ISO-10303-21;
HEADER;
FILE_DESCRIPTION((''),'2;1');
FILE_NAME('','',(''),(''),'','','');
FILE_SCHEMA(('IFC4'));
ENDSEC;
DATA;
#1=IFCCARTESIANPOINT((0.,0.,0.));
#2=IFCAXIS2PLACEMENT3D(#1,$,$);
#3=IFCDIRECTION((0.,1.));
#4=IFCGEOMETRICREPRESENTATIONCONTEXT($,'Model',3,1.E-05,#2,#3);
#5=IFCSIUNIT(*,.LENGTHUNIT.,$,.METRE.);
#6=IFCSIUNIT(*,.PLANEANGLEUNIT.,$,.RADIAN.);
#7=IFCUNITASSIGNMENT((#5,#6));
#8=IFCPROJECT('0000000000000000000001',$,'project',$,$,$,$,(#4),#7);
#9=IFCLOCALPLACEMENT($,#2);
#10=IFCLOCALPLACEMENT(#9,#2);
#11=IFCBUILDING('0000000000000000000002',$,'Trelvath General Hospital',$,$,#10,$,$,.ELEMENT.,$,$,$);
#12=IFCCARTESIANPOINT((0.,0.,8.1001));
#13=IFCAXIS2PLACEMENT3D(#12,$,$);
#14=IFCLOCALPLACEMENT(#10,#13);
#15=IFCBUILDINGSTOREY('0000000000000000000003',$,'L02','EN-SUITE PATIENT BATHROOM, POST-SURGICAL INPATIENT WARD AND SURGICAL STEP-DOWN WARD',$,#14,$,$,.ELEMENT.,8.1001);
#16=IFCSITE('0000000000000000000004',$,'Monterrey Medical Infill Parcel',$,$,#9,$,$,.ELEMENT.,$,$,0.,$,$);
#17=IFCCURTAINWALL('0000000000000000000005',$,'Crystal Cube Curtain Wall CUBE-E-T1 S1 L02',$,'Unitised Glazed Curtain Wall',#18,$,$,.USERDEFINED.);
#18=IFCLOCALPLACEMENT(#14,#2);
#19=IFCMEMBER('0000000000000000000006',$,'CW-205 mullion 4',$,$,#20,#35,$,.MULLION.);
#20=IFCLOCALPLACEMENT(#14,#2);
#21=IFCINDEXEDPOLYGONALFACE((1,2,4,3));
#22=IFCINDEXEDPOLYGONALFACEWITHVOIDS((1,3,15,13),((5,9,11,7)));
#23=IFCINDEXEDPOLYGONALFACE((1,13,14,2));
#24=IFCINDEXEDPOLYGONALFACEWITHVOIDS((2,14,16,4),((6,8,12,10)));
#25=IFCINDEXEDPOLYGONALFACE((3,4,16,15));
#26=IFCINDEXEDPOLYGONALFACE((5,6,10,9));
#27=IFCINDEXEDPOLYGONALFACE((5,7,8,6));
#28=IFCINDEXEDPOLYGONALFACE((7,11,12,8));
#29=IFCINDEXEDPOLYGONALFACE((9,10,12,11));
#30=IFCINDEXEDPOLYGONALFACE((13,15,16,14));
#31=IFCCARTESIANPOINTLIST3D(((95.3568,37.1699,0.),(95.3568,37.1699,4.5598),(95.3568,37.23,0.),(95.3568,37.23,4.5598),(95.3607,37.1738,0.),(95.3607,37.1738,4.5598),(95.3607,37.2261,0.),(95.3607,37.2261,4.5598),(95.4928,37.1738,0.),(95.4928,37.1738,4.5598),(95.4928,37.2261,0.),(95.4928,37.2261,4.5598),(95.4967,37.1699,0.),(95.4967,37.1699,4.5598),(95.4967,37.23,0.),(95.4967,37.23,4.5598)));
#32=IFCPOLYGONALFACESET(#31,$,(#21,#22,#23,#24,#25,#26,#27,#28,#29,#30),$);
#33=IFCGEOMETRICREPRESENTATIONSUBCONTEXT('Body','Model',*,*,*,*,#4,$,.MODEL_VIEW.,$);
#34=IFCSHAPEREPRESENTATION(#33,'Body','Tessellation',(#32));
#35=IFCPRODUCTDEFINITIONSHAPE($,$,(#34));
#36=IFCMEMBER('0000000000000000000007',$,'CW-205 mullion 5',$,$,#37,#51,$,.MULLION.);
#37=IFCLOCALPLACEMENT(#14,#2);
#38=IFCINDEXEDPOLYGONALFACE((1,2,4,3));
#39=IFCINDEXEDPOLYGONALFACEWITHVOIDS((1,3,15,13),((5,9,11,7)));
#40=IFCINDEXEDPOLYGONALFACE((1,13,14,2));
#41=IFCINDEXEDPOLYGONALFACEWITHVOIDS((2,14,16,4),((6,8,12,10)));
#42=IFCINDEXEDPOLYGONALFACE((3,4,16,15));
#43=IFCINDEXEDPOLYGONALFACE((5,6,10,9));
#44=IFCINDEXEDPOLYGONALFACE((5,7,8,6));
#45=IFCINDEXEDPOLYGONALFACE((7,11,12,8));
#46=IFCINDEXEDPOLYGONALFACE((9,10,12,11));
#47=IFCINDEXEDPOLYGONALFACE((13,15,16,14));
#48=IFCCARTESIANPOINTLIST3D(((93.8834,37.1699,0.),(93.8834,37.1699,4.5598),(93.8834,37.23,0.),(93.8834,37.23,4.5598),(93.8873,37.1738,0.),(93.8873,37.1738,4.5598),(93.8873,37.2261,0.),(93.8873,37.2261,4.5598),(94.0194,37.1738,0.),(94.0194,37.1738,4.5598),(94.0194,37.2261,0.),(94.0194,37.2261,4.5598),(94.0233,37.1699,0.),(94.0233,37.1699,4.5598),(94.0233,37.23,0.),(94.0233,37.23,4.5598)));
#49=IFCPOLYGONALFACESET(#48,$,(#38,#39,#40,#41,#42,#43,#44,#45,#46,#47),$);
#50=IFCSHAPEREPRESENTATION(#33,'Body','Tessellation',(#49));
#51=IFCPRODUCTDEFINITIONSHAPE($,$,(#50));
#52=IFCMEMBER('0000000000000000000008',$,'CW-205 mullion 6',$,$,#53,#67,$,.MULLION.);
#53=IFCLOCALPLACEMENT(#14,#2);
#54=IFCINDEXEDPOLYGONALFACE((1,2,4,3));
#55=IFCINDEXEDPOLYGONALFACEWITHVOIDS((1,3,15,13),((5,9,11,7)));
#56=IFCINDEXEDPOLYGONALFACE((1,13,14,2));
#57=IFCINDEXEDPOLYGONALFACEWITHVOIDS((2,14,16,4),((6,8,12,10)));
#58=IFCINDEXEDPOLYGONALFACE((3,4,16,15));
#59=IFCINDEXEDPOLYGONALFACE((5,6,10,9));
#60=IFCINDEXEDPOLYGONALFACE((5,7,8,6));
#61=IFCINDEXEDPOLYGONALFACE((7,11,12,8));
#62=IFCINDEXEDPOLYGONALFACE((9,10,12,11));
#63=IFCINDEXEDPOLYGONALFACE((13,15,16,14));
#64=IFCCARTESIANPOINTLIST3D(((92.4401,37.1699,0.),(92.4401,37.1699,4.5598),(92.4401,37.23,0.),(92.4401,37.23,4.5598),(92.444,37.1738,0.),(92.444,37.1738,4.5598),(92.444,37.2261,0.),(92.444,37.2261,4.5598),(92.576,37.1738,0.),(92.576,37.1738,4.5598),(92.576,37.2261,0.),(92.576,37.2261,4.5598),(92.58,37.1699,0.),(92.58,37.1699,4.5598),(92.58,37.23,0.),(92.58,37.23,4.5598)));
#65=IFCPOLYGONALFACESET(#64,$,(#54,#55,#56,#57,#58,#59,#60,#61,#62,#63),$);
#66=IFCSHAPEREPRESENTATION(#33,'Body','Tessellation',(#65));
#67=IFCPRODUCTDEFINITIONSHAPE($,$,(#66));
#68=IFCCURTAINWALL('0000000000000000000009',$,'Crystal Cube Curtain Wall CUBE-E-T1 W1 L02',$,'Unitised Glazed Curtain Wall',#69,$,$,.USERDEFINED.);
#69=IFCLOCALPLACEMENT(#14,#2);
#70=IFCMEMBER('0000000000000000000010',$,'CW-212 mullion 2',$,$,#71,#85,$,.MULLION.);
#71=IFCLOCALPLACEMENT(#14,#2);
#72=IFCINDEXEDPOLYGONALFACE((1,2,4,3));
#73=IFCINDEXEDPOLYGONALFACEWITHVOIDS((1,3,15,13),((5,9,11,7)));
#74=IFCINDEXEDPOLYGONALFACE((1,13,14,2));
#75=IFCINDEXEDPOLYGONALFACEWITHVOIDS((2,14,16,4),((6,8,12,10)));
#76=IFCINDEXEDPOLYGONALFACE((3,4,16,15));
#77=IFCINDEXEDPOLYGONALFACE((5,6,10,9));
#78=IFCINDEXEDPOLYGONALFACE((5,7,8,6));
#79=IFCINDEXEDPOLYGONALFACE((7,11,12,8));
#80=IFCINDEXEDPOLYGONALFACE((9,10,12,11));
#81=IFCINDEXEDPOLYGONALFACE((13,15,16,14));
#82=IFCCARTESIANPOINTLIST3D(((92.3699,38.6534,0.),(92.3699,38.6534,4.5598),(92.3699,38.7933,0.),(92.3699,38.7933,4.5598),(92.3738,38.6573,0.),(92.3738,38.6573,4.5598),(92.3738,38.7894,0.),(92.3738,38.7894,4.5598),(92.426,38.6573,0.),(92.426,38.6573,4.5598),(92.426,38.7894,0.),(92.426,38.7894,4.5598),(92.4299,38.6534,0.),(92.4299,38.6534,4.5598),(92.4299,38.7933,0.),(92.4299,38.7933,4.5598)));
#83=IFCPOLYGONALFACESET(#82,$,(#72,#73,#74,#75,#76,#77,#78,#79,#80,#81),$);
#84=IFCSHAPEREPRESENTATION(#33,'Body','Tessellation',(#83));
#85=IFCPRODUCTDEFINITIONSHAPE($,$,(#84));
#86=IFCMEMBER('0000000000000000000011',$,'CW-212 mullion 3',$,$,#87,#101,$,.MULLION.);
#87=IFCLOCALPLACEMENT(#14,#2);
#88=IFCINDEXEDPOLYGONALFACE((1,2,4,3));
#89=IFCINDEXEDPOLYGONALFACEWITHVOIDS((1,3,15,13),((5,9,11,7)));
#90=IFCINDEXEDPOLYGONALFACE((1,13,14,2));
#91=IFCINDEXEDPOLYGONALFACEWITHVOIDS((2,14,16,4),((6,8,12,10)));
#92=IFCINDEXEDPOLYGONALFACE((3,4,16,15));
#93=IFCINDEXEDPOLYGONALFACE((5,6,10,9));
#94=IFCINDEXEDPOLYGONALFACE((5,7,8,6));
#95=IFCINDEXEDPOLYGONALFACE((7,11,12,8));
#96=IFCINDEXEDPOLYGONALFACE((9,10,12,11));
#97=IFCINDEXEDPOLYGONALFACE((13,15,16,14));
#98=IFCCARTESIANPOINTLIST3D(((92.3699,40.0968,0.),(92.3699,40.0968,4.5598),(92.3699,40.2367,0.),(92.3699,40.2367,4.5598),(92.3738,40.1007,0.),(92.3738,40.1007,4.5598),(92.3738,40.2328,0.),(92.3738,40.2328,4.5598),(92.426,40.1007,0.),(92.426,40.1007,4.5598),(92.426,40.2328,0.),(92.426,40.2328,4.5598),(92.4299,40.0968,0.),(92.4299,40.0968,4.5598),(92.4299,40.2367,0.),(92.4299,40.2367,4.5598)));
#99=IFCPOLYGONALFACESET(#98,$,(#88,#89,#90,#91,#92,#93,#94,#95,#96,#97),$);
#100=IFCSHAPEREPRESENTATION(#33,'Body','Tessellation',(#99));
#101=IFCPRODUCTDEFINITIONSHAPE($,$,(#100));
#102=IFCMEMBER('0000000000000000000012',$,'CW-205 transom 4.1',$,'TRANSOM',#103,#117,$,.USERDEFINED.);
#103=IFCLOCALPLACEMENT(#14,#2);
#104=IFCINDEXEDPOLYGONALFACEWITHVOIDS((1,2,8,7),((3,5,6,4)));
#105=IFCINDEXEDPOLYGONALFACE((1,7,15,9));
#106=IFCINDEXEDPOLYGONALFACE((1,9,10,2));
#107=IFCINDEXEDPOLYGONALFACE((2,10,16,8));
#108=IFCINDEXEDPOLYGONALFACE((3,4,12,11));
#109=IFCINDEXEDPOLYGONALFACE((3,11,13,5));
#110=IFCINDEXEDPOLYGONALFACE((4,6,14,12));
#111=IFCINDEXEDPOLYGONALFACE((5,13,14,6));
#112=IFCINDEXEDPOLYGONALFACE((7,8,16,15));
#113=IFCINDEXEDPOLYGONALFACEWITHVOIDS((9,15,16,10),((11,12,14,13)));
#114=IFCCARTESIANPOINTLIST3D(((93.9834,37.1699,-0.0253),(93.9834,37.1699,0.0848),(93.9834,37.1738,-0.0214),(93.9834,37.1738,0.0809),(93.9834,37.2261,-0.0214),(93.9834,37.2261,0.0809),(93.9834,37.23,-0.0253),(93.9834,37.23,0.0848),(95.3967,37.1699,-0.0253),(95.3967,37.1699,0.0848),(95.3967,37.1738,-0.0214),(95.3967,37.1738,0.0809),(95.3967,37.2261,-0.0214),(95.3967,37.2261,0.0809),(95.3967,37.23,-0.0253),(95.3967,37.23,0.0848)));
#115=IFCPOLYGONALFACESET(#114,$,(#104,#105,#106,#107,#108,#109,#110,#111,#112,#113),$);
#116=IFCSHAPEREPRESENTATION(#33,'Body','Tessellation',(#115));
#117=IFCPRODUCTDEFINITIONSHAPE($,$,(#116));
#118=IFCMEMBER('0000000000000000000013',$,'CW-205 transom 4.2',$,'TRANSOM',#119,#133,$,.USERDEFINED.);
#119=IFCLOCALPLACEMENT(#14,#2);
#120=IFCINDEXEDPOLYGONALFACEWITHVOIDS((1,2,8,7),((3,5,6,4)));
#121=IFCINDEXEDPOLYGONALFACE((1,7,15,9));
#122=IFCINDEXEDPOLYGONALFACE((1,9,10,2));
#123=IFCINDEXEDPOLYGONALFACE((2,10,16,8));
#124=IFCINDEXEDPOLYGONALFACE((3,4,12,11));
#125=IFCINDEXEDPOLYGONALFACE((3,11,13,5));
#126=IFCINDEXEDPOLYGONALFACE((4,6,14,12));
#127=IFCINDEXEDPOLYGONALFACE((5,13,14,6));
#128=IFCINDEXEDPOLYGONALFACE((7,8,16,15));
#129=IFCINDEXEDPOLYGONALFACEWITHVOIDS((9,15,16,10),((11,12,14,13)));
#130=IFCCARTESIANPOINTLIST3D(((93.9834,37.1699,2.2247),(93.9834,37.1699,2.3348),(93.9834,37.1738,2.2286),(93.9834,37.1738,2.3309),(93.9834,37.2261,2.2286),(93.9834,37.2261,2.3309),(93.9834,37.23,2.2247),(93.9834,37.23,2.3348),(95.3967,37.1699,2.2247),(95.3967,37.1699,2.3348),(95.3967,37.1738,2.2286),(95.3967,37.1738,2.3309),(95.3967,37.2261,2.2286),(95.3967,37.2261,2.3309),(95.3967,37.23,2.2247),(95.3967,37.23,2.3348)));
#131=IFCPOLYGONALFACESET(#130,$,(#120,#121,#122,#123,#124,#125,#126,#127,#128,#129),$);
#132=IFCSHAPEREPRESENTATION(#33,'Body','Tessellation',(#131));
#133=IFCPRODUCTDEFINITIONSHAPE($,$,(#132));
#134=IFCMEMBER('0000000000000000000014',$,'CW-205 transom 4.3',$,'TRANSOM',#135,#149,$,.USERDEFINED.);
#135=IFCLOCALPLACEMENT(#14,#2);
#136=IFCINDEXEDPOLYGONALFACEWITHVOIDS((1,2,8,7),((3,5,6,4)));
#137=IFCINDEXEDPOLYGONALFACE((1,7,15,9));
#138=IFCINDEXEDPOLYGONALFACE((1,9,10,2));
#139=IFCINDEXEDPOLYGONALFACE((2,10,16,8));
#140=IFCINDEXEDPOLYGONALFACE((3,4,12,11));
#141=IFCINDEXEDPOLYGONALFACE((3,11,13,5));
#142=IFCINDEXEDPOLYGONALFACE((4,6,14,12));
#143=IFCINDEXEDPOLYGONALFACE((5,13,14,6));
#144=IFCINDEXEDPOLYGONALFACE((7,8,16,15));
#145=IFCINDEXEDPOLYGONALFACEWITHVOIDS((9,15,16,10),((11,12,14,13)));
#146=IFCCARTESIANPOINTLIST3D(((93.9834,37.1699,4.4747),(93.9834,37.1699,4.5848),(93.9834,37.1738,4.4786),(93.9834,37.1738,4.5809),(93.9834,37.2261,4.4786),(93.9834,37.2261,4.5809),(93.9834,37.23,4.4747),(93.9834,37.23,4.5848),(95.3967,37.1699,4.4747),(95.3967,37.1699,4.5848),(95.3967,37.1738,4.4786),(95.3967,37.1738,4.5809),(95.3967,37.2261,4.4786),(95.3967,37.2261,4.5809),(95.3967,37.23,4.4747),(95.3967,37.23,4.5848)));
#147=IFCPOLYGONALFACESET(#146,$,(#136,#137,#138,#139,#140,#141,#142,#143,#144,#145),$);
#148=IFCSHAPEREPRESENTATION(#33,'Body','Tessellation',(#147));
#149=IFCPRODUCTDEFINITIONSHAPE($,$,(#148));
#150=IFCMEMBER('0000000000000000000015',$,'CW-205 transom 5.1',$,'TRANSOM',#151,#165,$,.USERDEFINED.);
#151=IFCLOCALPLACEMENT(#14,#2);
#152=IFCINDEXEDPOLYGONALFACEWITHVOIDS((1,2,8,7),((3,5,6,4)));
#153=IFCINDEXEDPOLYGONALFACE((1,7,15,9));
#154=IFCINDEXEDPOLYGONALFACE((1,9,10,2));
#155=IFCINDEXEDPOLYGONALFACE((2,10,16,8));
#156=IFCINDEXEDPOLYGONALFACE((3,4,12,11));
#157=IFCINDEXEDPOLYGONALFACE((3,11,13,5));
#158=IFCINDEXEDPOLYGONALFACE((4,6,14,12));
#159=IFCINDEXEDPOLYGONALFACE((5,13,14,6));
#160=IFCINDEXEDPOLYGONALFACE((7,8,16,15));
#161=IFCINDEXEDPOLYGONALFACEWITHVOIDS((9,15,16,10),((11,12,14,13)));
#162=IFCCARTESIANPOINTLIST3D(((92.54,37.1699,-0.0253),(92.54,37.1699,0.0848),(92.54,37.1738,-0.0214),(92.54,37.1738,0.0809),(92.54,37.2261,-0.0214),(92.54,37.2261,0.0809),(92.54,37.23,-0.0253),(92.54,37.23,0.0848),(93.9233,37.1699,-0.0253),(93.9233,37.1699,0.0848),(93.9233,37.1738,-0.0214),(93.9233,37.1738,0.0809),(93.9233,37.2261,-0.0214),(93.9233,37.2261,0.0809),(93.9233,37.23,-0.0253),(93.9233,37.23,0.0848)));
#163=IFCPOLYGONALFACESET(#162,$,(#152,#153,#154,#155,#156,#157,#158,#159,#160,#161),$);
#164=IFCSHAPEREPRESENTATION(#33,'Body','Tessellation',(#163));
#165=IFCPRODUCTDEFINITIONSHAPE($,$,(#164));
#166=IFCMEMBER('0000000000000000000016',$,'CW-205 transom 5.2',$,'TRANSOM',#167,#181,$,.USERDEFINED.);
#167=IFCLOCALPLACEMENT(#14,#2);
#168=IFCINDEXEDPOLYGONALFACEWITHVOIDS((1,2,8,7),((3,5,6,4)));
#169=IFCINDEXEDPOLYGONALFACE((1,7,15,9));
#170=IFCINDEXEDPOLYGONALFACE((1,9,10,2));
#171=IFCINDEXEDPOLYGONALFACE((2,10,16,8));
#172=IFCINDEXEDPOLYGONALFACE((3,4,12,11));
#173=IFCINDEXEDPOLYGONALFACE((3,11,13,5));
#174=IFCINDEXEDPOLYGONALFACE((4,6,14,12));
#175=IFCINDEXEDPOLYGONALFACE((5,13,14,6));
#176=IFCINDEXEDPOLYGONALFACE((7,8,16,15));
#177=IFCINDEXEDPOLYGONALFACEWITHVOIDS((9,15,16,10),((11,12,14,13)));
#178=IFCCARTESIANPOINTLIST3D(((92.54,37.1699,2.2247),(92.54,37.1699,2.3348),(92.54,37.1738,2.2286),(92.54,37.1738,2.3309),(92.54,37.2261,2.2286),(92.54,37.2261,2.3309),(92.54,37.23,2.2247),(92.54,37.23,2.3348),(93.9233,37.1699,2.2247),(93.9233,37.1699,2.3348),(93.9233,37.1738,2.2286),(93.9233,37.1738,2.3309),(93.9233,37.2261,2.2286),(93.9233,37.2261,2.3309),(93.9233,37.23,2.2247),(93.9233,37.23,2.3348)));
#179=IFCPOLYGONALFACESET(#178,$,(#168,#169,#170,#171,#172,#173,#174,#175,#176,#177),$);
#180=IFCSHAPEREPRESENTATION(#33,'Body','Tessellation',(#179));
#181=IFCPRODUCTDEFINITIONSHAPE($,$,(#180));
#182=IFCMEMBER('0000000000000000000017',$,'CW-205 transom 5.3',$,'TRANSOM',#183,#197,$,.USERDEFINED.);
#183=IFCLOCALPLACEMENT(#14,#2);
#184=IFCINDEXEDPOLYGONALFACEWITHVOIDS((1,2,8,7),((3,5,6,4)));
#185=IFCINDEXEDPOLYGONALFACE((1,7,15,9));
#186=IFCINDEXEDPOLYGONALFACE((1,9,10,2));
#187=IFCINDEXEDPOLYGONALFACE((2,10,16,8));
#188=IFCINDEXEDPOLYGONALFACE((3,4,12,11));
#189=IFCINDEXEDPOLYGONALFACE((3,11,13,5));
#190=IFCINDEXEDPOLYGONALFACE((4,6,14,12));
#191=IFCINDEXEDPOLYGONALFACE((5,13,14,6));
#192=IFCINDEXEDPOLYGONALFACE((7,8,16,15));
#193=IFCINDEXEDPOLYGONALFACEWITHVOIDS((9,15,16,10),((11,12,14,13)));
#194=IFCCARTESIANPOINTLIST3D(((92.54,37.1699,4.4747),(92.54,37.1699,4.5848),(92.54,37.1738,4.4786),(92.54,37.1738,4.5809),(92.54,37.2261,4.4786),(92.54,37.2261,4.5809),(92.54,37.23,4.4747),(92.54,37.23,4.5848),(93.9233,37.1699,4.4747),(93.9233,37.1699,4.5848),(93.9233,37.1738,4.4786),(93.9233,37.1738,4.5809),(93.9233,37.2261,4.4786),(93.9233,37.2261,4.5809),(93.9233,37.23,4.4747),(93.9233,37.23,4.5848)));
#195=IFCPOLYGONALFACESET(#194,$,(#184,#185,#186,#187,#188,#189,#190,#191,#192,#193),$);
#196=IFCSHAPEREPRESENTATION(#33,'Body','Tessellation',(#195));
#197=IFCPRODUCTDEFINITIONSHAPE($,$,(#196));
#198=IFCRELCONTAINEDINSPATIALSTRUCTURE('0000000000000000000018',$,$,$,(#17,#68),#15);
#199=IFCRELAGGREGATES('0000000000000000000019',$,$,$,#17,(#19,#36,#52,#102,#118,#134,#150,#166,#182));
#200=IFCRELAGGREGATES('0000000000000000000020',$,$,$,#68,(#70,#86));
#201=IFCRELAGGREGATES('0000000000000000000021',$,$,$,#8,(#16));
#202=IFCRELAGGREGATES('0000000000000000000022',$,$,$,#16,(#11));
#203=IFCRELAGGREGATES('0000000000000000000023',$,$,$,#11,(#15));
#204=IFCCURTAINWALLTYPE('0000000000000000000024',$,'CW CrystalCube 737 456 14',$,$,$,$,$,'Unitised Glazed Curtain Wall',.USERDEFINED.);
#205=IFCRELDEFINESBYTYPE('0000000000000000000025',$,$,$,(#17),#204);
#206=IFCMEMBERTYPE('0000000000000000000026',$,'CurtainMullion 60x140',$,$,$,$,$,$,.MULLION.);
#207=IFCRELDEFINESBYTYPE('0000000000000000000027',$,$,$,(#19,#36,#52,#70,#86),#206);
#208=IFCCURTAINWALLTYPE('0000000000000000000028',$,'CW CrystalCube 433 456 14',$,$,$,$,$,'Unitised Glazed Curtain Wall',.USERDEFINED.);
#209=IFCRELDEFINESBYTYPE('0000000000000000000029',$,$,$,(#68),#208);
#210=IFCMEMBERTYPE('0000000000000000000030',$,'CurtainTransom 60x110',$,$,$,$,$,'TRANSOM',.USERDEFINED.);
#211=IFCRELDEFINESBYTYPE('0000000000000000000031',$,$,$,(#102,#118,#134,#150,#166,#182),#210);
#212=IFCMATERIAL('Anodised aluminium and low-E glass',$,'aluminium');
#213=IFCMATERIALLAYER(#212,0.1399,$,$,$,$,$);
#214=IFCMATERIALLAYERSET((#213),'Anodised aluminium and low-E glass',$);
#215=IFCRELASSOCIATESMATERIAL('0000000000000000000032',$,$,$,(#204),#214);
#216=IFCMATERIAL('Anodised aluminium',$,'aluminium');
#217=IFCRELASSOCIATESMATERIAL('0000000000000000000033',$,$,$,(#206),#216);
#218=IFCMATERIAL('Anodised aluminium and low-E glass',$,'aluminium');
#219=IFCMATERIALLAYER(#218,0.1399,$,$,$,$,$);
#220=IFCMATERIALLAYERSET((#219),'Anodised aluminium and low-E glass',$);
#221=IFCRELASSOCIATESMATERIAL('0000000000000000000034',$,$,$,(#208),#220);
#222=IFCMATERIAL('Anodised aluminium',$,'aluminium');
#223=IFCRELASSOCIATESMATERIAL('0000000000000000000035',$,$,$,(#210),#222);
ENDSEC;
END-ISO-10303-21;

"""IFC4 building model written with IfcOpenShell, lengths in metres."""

from ifc_helpers import new_model, si_unit, direction, frame, origin, origin_2d, place, context, subcontext, project, spatial, hollow_rectangle, extrude, material, layer, layer_set, material_profile, profile_set, type_object, element, aggregate, save


model = new_model("IFC4")

# Units and contexts
model_context = context("Model", 3, precision=1e-05, world=origin(), true_north=direction((0.0, 1.0)))
body_context = subcontext(model_context, "Body", "Model", "MODEL_VIEW")
ifc_project = project(units=[si_unit("LENGTHUNIT", "METRE"), si_unit("PLANEANGLEUNIT", "RADIAN")], contexts=[model_context])

# Site, building, storey
site_placement = place(None, origin())
site = spatial("IfcSite", under=ifc_project, at=site_placement, Name="Monterrey Medical Infill Parcel", CompositionType="ELEMENT", RefElevation=0.0)
building_placement = place(site_placement, origin())
building = spatial("IfcBuilding", under=site, at=building_placement, Name="Trelvath General Hospital", CompositionType="ELEMENT")
storey_placement = place(building_placement, frame((0.0, 0.0, 8.1001)))
storey = spatial("IfcBuildingStorey", under=building, at=storey_placement, Name="L02", Description="EN-SUITE PATIENT BATHROOM, POST-SURGICAL INPATIENT WARD AND SURGICAL STEP-DOWN WARD", CompositionType="ELEMENT", Elevation=8.1001)

# Curtain walls, members
ifc_material_1 = material(Name="Anodised aluminium and low-E glass", Category="aluminium")
ifc_layer_1 = layer(ifc_material_1, 0.1399)
ifc_layer_set_1 = layer_set([ifc_layer_1], Name="Anodised aluminium and low-E glass")
curtain_wall_type_1 = type_object("IfcCurtainWallType", Name="CW CrystalCube 737 456 14", ElementType="Unitised Glazed Curtain Wall", PredefinedType="USERDEFINED", material=ifc_layer_set_1)
curtain_wall_1_placement = place(storey_placement, origin())
curtain_wall_1 = element("IfcCurtainWall", 1, at=curtain_wall_1_placement, inside=storey, type_object=curtain_wall_type_1, Name="Crystal Cube Curtain Wall CUBE-E-T1 S1 L02", ObjectType="Unitised Glazed Curtain Wall", PredefinedType="USERDEFINED")
ifc_material_2 = material(Name="Anodised aluminium", Category="aluminium")
ifc_material_profile_1 = material_profile(ifc_material_2, hollow_rectangle(XDim=0.0601, YDim=0.1399, WallThickness=0.0039, at=origin_2d()), Name="RHS60x140x4")
ifc_profile_set_1 = profile_set([ifc_material_profile_1], Name="Anodised aluminium")
member_type_1 = type_object("IfcMemberType", Name="CurtainMullion 60x140", PredefinedType="MULLION", material=ifc_profile_set_1)
member_1_placement = place(storey_placement, frame((95.4268, 37.2, 0.0), z_axis=(0.0, 0.0, 1.0), x_axis=(0.0, -1.0, 0.0)))
member_1 = element("IfcMember", 2, at=member_1_placement, type_object=member_type_1, Name="CW-205 mullion 4", PredefinedType="MULLION", context=body_context, shape_type="SweptSolid", body=[
    extrude(hollow_rectangle(XDim=0.0601, YDim=0.1399, WallThickness=0.0039, at=origin_2d()), origin(), (0.0, 0.0, 1.0), 4.5598),
])
member_2_placement = place(storey_placement, frame((93.9534, 37.2, 0.0), z_axis=(0.0, 0.0, 1.0), x_axis=(0.0, -1.0, 0.0)))
member_2 = element("IfcMember", 3, at=member_2_placement, type_object=member_type_1, Name="CW-205 mullion 5", PredefinedType="MULLION", context=body_context, shape_type="SweptSolid", body=[
    extrude(hollow_rectangle(XDim=0.0601, YDim=0.1399, WallThickness=0.0039, at=origin_2d()), origin(), (0.0, 0.0, 1.0), 4.5598),
])
member_3_placement = place(storey_placement, frame((92.51, 37.2, 0.0), z_axis=(0.0, 0.0, 1.0), x_axis=(0.0, -1.0, 0.0)))
member_3 = element("IfcMember", 4, at=member_3_placement, type_object=member_type_1, Name="CW-205 mullion 6", PredefinedType="MULLION", context=body_context, shape_type="SweptSolid", body=[
    extrude(hollow_rectangle(XDim=0.0601, YDim=0.1399, WallThickness=0.0039, at=origin_2d()), origin(), (0.0, 0.0, 1.0), 4.5598),
])
ifc_material_3 = material(Name="Anodised aluminium and low-E glass", Category="aluminium")
ifc_layer_2 = layer(ifc_material_3, 0.1399)
ifc_layer_set_2 = layer_set([ifc_layer_2], Name="Anodised aluminium and low-E glass")
curtain_wall_type_2 = type_object("IfcCurtainWallType", Name="CW CrystalCube 433 456 14", ElementType="Unitised Glazed Curtain Wall", PredefinedType="USERDEFINED", material=ifc_layer_set_2)
curtain_wall_2_placement = place(storey_placement, origin())
curtain_wall_2 = element("IfcCurtainWall", 5, at=curtain_wall_2_placement, inside=storey, type_object=curtain_wall_type_2, Name="Crystal Cube Curtain Wall CUBE-E-T1 W1 L02", ObjectType="Unitised Glazed Curtain Wall", PredefinedType="USERDEFINED")
member_4_placement = place(storey_placement, frame((92.3999, 38.7234, 0.0), z_axis=(0.0, 0.0, 1.0), x_axis=(-1.0, 0.0, 0.0)))
member_4 = element("IfcMember", 6, at=member_4_placement, type_object=member_type_1, Name="CW-212 mullion 2", PredefinedType="MULLION", context=body_context, shape_type="SweptSolid", body=[
    extrude(hollow_rectangle(XDim=0.0601, YDim=0.1399, WallThickness=0.0039, at=origin_2d()), origin(), (0.0, 0.0, 1.0), 4.5598),
])
member_5_placement = place(storey_placement, frame((92.3999, 40.1667, 0.0), z_axis=(0.0, 0.0, 1.0), x_axis=(-1.0, 0.0, 0.0)))
member_5 = element("IfcMember", 7, at=member_5_placement, type_object=member_type_1, Name="CW-212 mullion 3", PredefinedType="MULLION", context=body_context, shape_type="SweptSolid", body=[
    extrude(hollow_rectangle(XDim=0.0601, YDim=0.1399, WallThickness=0.0039, at=origin_2d()), origin(), (0.0, 0.0, 1.0), 4.5598),
])

# Members
ifc_material_4 = material(Name="Anodised aluminium", Category="aluminium")
ifc_material_profile_2 = material_profile(ifc_material_4, hollow_rectangle(XDim=0.0601, YDim=0.1101, WallThickness=0.0039, at=origin_2d()), Name="RHS60x110x4")
ifc_profile_set_2 = profile_set([ifc_material_profile_2], Name="Anodised aluminium")
member_type_2 = type_object("IfcMemberType", Name="CurtainTransom 60x110", ElementType="TRANSOM", PredefinedType="USERDEFINED", material=ifc_profile_set_2)
member_6_placement = place(storey_placement, frame((95.3967, 37.2, 0.0298), z_axis=(-1.0, 0.0, 0.0), x_axis=(0.0, -1.0, 0.0)))
member_6 = element("IfcMember", 8, at=member_6_placement, type_object=member_type_2, Name="CW-205 transom 4.1", ObjectType="TRANSOM", PredefinedType="USERDEFINED", context=body_context, shape_type="SweptSolid", body=[
    extrude(hollow_rectangle(XDim=0.0601, YDim=0.1101, WallThickness=0.0039, at=origin_2d()), origin(), (0.0, 0.0, 1.0), 1.4133),
])
member_7_placement = place(storey_placement, frame((95.3967, 37.2, 2.2798), z_axis=(-1.0, 0.0, 0.0), x_axis=(0.0, -1.0, 0.0)))
member_7 = element("IfcMember", 9, at=member_7_placement, type_object=member_type_2, Name="CW-205 transom 4.2", ObjectType="TRANSOM", PredefinedType="USERDEFINED", context=body_context, shape_type="SweptSolid", body=[
    extrude(hollow_rectangle(XDim=0.0601, YDim=0.1101, WallThickness=0.0039, at=origin_2d()), origin(), (0.0, 0.0, 1.0), 1.4133),
])
member_8_placement = place(storey_placement, frame((95.3967, 37.2, 4.5298), z_axis=(-1.0, 0.0, 0.0), x_axis=(0.0, -1.0, 0.0)))
member_8 = element("IfcMember", 10, at=member_8_placement, type_object=member_type_2, Name="CW-205 transom 4.3", ObjectType="TRANSOM", PredefinedType="USERDEFINED", context=body_context, shape_type="SweptSolid", body=[
    extrude(hollow_rectangle(XDim=0.0601, YDim=0.1101, WallThickness=0.0039, at=origin_2d()), origin(), (0.0, 0.0, 1.0), 1.4133),
])
member_9_placement = place(storey_placement, frame((93.9233, 37.2, 0.0298), z_axis=(-1.0, 0.0, 0.0), x_axis=(0.0, -1.0, 0.0)))
member_9 = element("IfcMember", 11, at=member_9_placement, type_object=member_type_2, Name="CW-205 transom 5.1", ObjectType="TRANSOM", PredefinedType="USERDEFINED", context=body_context, shape_type="SweptSolid", body=[
    extrude(hollow_rectangle(XDim=0.0601, YDim=0.1101, WallThickness=0.0039, at=origin_2d()), origin(), (0.0, 0.0, 1.0), 1.3833),
])
member_10_placement = place(storey_placement, frame((93.9233, 37.2, 2.2798), z_axis=(-1.0, 0.0, 0.0), x_axis=(0.0, -1.0, 0.0)))
member_10 = element("IfcMember", 12, at=member_10_placement, type_object=member_type_2, Name="CW-205 transom 5.2", ObjectType="TRANSOM", PredefinedType="USERDEFINED", context=body_context, shape_type="SweptSolid", body=[
    extrude(hollow_rectangle(XDim=0.0601, YDim=0.1101, WallThickness=0.0039, at=origin_2d()), origin(), (0.0, 0.0, 1.0), 1.3833),
])
member_11_placement = place(storey_placement, frame((93.9233, 37.2, 4.5298), z_axis=(-1.0, 0.0, 0.0), x_axis=(0.0, -1.0, 0.0)))
member_11 = element("IfcMember", 13, at=member_11_placement, type_object=member_type_2, Name="CW-205 transom 5.3", ObjectType="TRANSOM", PredefinedType="USERDEFINED", context=body_context, shape_type="SweptSolid", body=[
    extrude(hollow_rectangle(XDim=0.0601, YDim=0.1101, WallThickness=0.0039, at=origin_2d()), origin(), (0.0, 0.0, 1.0), 1.3833),
])

aggregate(curtain_wall_1, [member_1, member_2, member_3, member_6, member_7, member_8, member_9, member_10, member_11])
aggregate(curtain_wall_2, [member_4, member_5])

save(model, "model.ifc")
